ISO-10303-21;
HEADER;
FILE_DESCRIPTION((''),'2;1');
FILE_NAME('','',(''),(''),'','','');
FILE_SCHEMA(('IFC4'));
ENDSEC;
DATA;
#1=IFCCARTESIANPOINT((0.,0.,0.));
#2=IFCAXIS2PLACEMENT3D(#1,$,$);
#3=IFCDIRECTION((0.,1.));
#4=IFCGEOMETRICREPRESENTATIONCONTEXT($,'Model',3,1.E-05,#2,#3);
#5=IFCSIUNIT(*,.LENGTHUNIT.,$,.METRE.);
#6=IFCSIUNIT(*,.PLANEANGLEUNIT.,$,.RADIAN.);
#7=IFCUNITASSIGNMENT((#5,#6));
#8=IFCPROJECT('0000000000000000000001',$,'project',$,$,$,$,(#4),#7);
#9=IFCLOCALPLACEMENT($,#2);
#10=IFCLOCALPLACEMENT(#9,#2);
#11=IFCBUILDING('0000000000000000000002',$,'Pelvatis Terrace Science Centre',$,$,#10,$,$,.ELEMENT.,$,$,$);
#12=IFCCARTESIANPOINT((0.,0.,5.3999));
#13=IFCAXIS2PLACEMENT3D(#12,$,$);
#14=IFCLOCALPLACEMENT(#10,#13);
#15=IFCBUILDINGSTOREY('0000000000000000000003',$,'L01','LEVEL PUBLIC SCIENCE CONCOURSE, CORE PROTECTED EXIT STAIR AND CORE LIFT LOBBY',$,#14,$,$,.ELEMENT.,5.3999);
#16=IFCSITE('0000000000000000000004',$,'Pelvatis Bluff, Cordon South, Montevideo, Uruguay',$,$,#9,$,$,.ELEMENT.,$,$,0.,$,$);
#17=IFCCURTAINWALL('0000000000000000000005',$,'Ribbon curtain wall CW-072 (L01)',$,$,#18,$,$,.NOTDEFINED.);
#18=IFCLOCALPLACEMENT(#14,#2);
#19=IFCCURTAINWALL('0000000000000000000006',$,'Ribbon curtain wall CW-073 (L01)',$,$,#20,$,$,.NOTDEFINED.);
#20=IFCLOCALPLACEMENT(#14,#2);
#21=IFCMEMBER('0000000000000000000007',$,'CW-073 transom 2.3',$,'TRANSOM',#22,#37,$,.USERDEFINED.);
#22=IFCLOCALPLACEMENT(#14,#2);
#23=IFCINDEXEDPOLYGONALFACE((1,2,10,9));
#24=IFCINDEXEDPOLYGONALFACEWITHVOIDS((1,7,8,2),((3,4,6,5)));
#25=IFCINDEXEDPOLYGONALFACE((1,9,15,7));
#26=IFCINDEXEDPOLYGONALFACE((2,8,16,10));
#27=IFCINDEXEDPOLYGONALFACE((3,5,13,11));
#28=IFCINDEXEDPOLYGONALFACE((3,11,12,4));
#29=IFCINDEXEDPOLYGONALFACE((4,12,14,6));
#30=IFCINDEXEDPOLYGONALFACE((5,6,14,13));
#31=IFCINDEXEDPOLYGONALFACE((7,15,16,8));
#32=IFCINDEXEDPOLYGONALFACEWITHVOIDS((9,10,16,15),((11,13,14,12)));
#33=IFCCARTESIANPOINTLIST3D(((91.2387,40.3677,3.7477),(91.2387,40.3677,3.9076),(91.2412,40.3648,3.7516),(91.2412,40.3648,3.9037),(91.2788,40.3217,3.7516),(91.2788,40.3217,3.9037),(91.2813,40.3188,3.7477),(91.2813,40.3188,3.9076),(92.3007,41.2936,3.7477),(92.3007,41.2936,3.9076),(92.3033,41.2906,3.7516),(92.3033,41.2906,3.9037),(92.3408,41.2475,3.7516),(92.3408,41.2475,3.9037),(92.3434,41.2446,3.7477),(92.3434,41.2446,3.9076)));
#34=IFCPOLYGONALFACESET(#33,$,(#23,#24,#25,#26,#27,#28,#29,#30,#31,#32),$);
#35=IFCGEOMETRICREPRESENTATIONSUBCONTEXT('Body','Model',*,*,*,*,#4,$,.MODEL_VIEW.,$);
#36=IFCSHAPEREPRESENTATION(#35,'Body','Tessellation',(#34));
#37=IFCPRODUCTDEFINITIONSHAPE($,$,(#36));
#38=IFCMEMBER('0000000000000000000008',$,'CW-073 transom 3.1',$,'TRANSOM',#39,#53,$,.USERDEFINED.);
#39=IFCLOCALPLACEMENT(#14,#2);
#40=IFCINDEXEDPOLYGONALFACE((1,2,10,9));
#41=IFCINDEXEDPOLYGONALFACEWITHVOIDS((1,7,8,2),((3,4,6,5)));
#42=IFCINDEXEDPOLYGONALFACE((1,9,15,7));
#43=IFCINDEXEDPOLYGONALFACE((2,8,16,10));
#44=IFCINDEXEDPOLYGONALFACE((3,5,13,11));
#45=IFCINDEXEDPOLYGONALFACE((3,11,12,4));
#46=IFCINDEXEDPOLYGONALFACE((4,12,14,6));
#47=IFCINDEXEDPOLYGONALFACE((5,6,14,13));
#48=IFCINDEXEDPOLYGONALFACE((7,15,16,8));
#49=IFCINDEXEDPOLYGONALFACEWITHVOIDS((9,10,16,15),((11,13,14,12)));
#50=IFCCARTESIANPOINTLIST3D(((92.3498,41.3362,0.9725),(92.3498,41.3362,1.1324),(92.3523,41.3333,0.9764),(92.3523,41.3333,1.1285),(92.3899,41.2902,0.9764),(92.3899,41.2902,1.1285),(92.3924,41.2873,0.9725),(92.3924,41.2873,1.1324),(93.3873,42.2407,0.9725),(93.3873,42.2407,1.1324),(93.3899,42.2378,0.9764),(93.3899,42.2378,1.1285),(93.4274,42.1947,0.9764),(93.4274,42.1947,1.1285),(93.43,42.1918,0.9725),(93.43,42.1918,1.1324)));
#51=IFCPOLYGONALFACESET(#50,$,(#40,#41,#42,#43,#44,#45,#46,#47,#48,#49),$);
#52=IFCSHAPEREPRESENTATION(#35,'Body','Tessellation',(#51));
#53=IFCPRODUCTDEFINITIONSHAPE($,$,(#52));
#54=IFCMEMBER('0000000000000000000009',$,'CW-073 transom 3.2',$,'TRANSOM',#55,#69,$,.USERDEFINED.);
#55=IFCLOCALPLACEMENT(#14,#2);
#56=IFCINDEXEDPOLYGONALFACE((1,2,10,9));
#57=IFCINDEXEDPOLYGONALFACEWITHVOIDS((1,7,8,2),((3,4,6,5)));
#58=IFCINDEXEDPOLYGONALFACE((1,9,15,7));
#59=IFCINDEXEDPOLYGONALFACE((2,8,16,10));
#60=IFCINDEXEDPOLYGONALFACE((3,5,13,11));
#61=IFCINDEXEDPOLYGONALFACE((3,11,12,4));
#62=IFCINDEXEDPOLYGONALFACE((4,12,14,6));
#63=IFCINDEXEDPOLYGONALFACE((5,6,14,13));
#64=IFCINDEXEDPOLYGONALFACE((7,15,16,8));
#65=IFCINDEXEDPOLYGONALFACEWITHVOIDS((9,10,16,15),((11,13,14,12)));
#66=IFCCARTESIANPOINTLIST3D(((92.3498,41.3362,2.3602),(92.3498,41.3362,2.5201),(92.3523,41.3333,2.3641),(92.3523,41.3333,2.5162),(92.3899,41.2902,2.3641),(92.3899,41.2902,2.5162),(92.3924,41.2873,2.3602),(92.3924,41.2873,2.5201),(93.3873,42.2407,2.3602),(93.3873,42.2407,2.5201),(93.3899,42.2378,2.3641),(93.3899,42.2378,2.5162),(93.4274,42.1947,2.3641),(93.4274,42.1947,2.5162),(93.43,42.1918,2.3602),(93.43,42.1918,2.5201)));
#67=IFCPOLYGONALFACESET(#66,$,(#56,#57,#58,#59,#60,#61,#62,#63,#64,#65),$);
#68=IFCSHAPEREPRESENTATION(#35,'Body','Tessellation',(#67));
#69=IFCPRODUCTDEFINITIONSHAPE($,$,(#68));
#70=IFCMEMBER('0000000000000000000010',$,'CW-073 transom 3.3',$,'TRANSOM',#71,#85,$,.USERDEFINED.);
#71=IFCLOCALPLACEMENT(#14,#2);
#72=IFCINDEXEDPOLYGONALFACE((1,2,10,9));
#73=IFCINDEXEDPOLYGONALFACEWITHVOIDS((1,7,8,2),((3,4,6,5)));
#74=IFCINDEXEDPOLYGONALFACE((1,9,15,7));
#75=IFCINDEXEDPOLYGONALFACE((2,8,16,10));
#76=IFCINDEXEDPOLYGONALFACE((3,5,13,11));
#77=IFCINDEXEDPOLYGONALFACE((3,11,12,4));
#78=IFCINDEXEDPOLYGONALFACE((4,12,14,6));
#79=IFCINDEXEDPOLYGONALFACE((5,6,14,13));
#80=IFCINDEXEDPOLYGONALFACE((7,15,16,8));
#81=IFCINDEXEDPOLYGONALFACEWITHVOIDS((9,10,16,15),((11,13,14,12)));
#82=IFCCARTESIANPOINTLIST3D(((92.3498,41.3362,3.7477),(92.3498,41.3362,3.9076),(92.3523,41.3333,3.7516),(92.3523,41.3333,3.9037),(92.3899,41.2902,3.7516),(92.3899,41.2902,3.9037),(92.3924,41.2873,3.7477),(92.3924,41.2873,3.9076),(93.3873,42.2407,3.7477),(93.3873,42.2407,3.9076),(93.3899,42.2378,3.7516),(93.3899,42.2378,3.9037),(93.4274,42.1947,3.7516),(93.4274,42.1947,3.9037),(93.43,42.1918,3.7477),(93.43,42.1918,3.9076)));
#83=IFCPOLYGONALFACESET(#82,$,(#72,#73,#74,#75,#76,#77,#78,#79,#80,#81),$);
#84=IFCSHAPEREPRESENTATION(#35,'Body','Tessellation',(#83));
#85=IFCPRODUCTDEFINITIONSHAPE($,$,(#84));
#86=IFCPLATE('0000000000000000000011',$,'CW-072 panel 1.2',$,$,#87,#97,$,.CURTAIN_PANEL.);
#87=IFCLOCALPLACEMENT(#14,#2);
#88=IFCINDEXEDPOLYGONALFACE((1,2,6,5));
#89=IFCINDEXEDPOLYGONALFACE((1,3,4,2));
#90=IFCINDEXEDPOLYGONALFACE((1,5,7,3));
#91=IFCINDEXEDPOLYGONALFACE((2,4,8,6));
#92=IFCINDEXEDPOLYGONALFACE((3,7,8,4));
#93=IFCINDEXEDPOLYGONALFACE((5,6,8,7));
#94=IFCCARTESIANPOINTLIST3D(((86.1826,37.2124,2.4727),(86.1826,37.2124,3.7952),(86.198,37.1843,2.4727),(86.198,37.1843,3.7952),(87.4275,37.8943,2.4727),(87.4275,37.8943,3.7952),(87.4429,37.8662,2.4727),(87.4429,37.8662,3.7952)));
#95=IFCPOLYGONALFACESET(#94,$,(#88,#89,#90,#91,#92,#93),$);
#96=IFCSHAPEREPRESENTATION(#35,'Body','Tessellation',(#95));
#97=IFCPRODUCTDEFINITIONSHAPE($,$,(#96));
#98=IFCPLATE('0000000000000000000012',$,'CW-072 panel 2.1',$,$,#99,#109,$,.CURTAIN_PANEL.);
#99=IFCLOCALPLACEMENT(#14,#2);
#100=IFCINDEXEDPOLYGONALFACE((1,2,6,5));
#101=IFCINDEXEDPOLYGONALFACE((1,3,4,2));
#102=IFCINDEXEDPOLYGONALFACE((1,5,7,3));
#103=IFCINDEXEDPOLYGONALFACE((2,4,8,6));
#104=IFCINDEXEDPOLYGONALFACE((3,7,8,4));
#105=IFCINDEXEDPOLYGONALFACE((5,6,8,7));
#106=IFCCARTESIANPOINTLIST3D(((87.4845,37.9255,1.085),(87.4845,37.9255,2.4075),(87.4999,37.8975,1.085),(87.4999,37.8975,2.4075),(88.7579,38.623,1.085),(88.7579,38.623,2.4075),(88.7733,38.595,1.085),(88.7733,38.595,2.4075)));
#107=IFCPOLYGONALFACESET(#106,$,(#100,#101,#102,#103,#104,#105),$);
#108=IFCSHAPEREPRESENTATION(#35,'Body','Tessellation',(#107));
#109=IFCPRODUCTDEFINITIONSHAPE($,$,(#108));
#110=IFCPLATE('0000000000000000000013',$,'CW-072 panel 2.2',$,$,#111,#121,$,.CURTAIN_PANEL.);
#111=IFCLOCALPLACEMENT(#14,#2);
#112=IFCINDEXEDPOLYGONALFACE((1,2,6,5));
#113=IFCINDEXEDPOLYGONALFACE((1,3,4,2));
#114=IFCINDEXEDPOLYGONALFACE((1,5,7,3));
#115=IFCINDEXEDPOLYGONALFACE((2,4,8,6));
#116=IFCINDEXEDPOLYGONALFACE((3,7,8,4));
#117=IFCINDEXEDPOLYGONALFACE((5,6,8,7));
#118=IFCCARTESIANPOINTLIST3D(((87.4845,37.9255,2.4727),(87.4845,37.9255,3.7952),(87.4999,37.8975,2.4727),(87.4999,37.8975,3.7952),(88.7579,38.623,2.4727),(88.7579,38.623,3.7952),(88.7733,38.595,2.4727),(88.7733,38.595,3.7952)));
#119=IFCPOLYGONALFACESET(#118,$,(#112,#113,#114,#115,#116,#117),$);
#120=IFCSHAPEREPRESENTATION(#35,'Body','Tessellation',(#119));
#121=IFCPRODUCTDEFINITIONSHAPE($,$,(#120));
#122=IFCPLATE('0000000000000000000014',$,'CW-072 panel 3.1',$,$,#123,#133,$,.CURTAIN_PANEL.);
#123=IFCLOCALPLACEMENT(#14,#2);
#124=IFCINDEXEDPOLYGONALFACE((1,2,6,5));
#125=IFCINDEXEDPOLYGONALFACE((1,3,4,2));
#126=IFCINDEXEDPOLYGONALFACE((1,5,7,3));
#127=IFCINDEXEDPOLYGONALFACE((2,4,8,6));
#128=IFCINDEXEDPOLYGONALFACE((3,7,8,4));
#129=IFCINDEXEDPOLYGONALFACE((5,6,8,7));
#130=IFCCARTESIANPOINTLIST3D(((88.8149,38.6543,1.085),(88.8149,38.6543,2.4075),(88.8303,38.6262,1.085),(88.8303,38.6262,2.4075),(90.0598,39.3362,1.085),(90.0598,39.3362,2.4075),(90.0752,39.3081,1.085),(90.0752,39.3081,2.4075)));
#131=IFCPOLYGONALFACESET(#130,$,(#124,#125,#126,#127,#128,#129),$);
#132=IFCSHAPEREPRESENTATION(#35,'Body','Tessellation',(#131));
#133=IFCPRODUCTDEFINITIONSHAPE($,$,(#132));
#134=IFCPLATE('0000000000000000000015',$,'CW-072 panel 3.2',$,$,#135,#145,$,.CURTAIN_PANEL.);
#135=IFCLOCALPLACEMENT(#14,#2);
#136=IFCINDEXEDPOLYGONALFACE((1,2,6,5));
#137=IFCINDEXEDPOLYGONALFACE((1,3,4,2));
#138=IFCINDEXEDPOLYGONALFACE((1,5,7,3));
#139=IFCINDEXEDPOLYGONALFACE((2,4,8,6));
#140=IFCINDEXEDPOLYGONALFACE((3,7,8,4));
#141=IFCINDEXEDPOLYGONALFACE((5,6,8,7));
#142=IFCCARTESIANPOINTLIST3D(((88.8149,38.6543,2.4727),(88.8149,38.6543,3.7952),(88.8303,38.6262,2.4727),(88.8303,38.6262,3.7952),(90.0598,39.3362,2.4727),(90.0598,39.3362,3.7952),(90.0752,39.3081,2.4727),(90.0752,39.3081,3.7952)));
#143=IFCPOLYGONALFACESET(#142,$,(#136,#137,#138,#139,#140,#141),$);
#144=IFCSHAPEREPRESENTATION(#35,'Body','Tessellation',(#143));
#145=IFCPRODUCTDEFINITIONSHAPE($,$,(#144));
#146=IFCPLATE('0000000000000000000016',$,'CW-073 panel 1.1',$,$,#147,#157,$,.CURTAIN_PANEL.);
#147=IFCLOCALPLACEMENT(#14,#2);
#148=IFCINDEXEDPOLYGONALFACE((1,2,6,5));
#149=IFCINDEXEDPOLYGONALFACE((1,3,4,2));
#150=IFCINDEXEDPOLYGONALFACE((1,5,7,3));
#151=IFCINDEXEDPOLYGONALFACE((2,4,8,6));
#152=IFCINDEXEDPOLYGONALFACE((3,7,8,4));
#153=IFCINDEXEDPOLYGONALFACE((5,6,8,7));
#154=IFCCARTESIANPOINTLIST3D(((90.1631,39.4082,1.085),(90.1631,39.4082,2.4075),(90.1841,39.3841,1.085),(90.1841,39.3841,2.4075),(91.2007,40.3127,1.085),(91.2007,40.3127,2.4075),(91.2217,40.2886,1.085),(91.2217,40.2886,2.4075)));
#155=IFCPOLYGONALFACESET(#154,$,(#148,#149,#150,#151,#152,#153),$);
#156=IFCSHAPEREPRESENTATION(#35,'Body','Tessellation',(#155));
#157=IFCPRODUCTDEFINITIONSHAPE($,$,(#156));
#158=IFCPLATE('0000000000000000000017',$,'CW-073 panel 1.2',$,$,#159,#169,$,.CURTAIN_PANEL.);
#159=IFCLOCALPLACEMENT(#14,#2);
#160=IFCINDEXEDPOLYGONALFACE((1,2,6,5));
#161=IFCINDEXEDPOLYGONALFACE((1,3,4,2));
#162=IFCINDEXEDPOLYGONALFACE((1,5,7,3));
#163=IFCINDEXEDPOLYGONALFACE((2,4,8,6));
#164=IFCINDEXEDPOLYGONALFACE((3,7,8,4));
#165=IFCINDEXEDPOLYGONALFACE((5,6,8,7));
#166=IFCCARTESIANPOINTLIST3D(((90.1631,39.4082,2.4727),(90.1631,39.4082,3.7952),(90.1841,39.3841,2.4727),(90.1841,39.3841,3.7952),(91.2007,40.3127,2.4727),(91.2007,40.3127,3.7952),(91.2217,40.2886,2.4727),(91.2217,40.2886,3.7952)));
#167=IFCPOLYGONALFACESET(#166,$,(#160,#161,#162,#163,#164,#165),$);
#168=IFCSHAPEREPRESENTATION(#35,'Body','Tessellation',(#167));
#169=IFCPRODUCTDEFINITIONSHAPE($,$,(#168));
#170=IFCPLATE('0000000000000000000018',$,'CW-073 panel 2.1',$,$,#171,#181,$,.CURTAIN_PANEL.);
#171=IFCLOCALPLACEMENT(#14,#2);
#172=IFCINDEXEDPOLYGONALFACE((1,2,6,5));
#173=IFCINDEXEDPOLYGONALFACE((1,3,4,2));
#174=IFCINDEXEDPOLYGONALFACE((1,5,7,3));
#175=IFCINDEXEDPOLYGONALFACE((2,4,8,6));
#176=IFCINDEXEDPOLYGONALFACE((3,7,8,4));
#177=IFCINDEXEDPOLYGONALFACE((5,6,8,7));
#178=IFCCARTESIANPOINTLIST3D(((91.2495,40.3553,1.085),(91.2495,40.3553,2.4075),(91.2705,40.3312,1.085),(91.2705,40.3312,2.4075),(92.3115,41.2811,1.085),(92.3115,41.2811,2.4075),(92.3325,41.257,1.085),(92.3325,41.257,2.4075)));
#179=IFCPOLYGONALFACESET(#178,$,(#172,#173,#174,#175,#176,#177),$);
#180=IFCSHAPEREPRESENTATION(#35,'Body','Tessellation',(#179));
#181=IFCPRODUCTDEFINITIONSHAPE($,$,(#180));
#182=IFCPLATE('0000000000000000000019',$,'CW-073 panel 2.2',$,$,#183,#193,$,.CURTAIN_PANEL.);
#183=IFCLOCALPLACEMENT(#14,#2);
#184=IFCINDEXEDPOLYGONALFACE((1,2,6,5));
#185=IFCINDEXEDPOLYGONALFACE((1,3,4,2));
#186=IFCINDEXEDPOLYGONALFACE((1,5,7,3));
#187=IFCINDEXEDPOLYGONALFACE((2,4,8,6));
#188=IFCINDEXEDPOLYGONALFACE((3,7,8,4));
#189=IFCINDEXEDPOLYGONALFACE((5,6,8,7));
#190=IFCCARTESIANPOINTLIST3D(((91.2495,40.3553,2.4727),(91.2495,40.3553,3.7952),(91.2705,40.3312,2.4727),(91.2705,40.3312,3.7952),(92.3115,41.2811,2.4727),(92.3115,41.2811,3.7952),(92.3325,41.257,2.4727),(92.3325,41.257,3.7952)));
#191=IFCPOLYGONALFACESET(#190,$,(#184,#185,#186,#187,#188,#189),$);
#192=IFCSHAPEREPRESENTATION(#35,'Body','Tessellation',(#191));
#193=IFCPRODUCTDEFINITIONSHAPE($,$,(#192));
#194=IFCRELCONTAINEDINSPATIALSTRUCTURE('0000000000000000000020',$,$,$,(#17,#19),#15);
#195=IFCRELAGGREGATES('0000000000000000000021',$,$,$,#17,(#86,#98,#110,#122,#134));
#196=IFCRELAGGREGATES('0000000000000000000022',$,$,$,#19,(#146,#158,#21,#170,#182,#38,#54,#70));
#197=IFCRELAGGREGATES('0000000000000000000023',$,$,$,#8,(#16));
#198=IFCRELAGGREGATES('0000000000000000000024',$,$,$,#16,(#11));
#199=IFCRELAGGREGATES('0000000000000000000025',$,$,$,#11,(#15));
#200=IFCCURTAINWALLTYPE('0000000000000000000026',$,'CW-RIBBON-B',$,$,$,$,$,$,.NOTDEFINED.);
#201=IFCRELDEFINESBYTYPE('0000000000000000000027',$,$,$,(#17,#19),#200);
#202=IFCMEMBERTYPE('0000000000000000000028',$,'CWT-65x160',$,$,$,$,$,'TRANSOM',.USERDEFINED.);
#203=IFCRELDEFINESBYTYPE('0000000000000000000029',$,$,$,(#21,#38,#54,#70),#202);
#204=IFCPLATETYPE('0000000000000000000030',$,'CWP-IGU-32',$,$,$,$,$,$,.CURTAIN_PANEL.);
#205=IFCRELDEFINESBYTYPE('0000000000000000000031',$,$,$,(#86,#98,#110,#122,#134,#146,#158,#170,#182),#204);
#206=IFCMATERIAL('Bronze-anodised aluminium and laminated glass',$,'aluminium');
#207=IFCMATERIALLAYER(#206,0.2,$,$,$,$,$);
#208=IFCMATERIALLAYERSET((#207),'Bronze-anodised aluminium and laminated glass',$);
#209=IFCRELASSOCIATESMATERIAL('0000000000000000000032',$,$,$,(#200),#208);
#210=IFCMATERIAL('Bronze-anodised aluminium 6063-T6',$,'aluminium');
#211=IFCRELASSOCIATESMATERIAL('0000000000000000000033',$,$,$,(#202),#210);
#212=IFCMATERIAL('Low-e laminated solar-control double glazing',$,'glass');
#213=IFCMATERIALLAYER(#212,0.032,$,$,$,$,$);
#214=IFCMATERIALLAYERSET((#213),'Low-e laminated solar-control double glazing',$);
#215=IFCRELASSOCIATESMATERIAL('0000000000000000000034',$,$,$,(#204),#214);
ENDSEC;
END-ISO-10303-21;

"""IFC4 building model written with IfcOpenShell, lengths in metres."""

from ifc_helpers import new_model, si_unit, direction, frame, origin, origin_2d, place, context, subcontext, project, spatial, rectangle, hollow_rectangle, extrude, material, layer, layer_set, material_profile, profile_set, type_object, element, aggregate, save


model = new_model("IFC4")

# Units and contexts
model_context = context("Model", 3, precision=1e-05, world=origin(), true_north=direction((0.0, 1.0)))
body_context = subcontext(model_context, "Body", "Model", "MODEL_VIEW")
ifc_project = project(units=[si_unit("LENGTHUNIT", "METRE"), si_unit("PLANEANGLEUNIT", "RADIAN")], contexts=[model_context])

# Site, building, storey
site_placement = place(None, origin())
site = spatial("IfcSite", under=ifc_project, at=site_placement, Name="Pelvatis Bluff, Cordon South, Montevideo, Uruguay", CompositionType="ELEMENT", RefElevation=0.0)
building_placement = place(site_placement, origin())
building = spatial("IfcBuilding", under=site, at=building_placement, Name="Pelvatis Terrace Science Centre", CompositionType="ELEMENT")
storey_placement = place(building_placement, frame((0.0, 0.0, 5.3999)))
storey = spatial("IfcBuildingStorey", under=building, at=storey_placement, Name="L01", Description="LEVEL PUBLIC SCIENCE CONCOURSE, CORE PROTECTED EXIT STAIR AND CORE LIFT LOBBY", CompositionType="ELEMENT", Elevation=5.3999)

# Curtain walls
ifc_material_1 = material(Name="Bronze-anodised aluminium and laminated glass", Category="aluminium")
ifc_layer_1 = layer(ifc_material_1, 0.2)
ifc_layer_set_1 = layer_set([ifc_layer_1], Name="Bronze-anodised aluminium and laminated glass")
curtain_wall_type = type_object("IfcCurtainWallType", Name="CW-RIBBON-B", PredefinedType="NOTDEFINED", material=ifc_layer_set_1)
curtain_wall_1_placement = place(storey_placement, origin())
curtain_wall_1 = element("IfcCurtainWall", 1, at=curtain_wall_1_placement, inside=storey, type_object=curtain_wall_type, Name="Ribbon curtain wall CW-072 (L01)", PredefinedType="NOTDEFINED")
curtain_wall_2_placement = place(storey_placement, origin())
curtain_wall_2 = element("IfcCurtainWall", 2, at=curtain_wall_2_placement, inside=storey, type_object=curtain_wall_type, Name="Ribbon curtain wall CW-073 (L01)", PredefinedType="NOTDEFINED")

# Members
ifc_material_2 = material(Name="Bronze-anodised aluminium 6063-T6", Category="aluminium")
ifc_material_profile_1 = material_profile(ifc_material_2, hollow_rectangle(XDim=0.0649, YDim=0.1599, WallThickness=0.0039, at=origin_2d()), Name="ALU-TRN 65x160")
ifc_profile_set_1 = profile_set([ifc_material_profile_1], Name="Bronze-anodised aluminium 6063-T6")
member_type_1 = type_object("IfcMemberType", Name="CWT-65x160", ElementType="TRANSOM", PredefinedType="USERDEFINED", material=ifc_profile_set_1)
member_1_placement = place(storey_placement, frame((91.26, 40.3433, 3.8276), z_axis=(0.753799, 0.657105, 0.0), x_axis=(-0.657105, 0.753799, 0.0)))
member_1 = element("IfcMember", 3, at=member_1_placement, type_object=member_type_1, Name="CW-073 transom 2.3", ObjectType="TRANSOM", PredefinedType="USERDEFINED", context=body_context, shape_type="SweptSolid", body=[
    extrude(hollow_rectangle(XDim=0.0649, YDim=0.1599, WallThickness=0.0039, at=origin_2d()), origin(), (0.0, 0.0, 1.0), 1.4089),
])
member_2_placement = place(storey_placement, frame((92.3711, 41.3118, 1.0525), z_axis=(0.753784, 0.657122, 0.0), x_axis=(-0.657122, 0.753784, 0.0)))
member_2 = element("IfcMember", 4, at=member_2_placement, type_object=member_type_1, Name="CW-073 transom 3.1", ObjectType="TRANSOM", PredefinedType="USERDEFINED", context=body_context, shape_type="SweptSolid", body=[
    extrude(hollow_rectangle(XDim=0.0649, YDim=0.1599, WallThickness=0.0039, at=origin_2d()), origin(), (0.0, 0.0, 1.0), 1.3765),
])
member_3_placement = place(storey_placement, frame((92.3711, 41.3118, 2.4402), z_axis=(0.753784, 0.657122, 0.0), x_axis=(-0.657122, 0.753784, 0.0)))
member_3 = element("IfcMember", 5, at=member_3_placement, type_object=member_type_1, Name="CW-073 transom 3.2", ObjectType="TRANSOM", PredefinedType="USERDEFINED", context=body_context, shape_type="SweptSolid", body=[
    extrude(hollow_rectangle(XDim=0.0649, YDim=0.1599, WallThickness=0.0039, at=origin_2d()), origin(), (0.0, 0.0, 1.0), 1.3765),
])
member_4_placement = place(storey_placement, frame((92.3711, 41.3118, 3.8276), z_axis=(0.753784, 0.657122, 0.0), x_axis=(-0.657122, 0.753784, 0.0)))
member_4 = element("IfcMember", 6, at=member_4_placement, type_object=member_type_1, Name="CW-073 transom 3.3", ObjectType="TRANSOM", PredefinedType="USERDEFINED", context=body_context, shape_type="SweptSolid", body=[
    extrude(hollow_rectangle(XDim=0.0649, YDim=0.1599, WallThickness=0.0039, at=origin_2d()), origin(), (0.0, 0.0, 1.0), 1.3765),
])

# Plates
ifc_material_3 = material(Name="Low-e laminated solar-control double glazing", Category="glass")
ifc_layer_2 = layer(ifc_material_3, 0.032)
ifc_layer_set_2 = layer_set([ifc_layer_2], Name="Low-e laminated solar-control double glazing")
plate_type = type_object("IfcPlateType", Name="CWP-IGU-32", PredefinedType="CURTAIN_PANEL", material=ifc_layer_set_2)
plate_1_placement = place(storey_placement, frame((86.8127, 37.5393, 2.4727), z_axis=(0.0, 0.0, 1.0), x_axis=(0.877046, 0.480406, 0.0)))
plate_1 = element("IfcPlate", 7, at=plate_1_placement, type_object=plate_type, Name="CW-072 panel 1.2", PredefinedType="CURTAIN_PANEL", context=body_context, shape_type="SweptSolid", body=[
    extrude(rectangle(XDim=1.4194, YDim=0.032, at=origin_2d()), origin(), (0.0, 0.0, 1.0), 1.3225),
])
plate_2_placement = place(storey_placement, frame((88.1289, 38.2603, 1.085), z_axis=(0.0, 0.0, 1.0), x_axis=(0.877046, 0.480406, 0.0)))
plate_2 = element("IfcPlate", 8, at=plate_2_placement, type_object=plate_type, Name="CW-072 panel 2.1", PredefinedType="CURTAIN_PANEL", context=body_context, shape_type="SweptSolid", body=[
    extrude(rectangle(XDim=1.4519, YDim=0.032, at=origin_2d()), origin(), (0.0, 0.0, 1.0), 1.3225),
])
plate_3_placement = place(storey_placement, frame((88.1289, 38.2603, 2.4727), z_axis=(0.0, 0.0, 1.0), x_axis=(0.877046, 0.480406, 0.0)))
plate_3 = element("IfcPlate", 9, at=plate_3_placement, type_object=plate_type, Name="CW-072 panel 2.2", PredefinedType="CURTAIN_PANEL", context=body_context, shape_type="SweptSolid", body=[
    extrude(rectangle(XDim=1.4519, YDim=0.032, at=origin_2d()), origin(), (0.0, 0.0, 1.0), 1.3225),
])
plate_4_placement = place(storey_placement, frame((89.4451, 38.9812, 1.085), z_axis=(0.0, 0.0, 1.0), x_axis=(0.877046, 0.480406, 0.0)))
plate_4 = element("IfcPlate", 10, at=plate_4_placement, type_object=plate_type, Name="CW-072 panel 3.1", PredefinedType="CURTAIN_PANEL", context=body_context, shape_type="SweptSolid", body=[
    extrude(rectangle(XDim=1.4194, YDim=0.032, at=origin_2d()), origin(), (0.0, 0.0, 1.0), 1.3225),
])
plate_5_placement = place(storey_placement, frame((89.4451, 38.9812, 2.4727), z_axis=(0.0, 0.0, 1.0), x_axis=(0.877046, 0.480406, 0.0)))
plate_5 = element("IfcPlate", 11, at=plate_5_placement, type_object=plate_type, Name="CW-072 panel 3.2", PredefinedType="CURTAIN_PANEL", context=body_context, shape_type="SweptSolid", body=[
    extrude(rectangle(XDim=1.4194, YDim=0.032, at=origin_2d()), origin(), (0.0, 0.0, 1.0), 1.3225),
])
aggregate(curtain_wall_1, [plate_1, plate_2, plate_3, plate_4, plate_5])
plate_6_placement = place(storey_placement, frame((90.6924, 39.8484, 1.085), z_axis=(0.0, 0.0, 1.0), x_axis=(0.753793, 0.657112, 0.0)))
plate_6 = element("IfcPlate", 12, at=plate_6_placement, type_object=plate_type, Name="CW-073 panel 1.1", PredefinedType="CURTAIN_PANEL", context=body_context, shape_type="SweptSolid", body=[
    extrude(rectangle(XDim=1.3765, YDim=0.032, at=origin_2d()), origin(), (0.0, 0.0, 1.0), 1.3225),
])
plate_7_placement = place(storey_placement, frame((90.6924, 39.8484, 2.4727), z_axis=(0.0, 0.0, 1.0), x_axis=(0.753793, 0.657112, 0.0)))
plate_7 = element("IfcPlate", 13, at=plate_7_placement, type_object=plate_type, Name="CW-073 panel 1.2", PredefinedType="CURTAIN_PANEL", context=body_context, shape_type="SweptSolid", body=[
    extrude(rectangle(XDim=1.3765, YDim=0.032, at=origin_2d()), origin(), (0.0, 0.0, 1.0), 1.3225),
])
plate_8_placement = place(storey_placement, frame((91.791, 40.8062, 1.085), z_axis=(0.0, 0.0, 1.0), x_axis=(0.753793, 0.657112, 0.0)))
plate_8 = element("IfcPlate", 14, at=plate_8_placement, type_object=plate_type, Name="CW-073 panel 2.1", PredefinedType="CURTAIN_PANEL", context=body_context, shape_type="SweptSolid", body=[
    extrude(rectangle(XDim=1.4089, YDim=0.032, at=origin_2d()), origin(), (0.0, 0.0, 1.0), 1.3225),
])
plate_9_placement = place(storey_placement, frame((91.791, 40.8062, 2.4727), z_axis=(0.0, 0.0, 1.0), x_axis=(0.753793, 0.657112, 0.0)))
plate_9 = element("IfcPlate", 15, at=plate_9_placement, type_object=plate_type, Name="CW-073 panel 2.2", PredefinedType="CURTAIN_PANEL", context=body_context, shape_type="SweptSolid", body=[
    extrude(rectangle(XDim=1.4089, YDim=0.032, at=origin_2d()), origin(), (0.0, 0.0, 1.0), 1.3225),
])
aggregate(curtain_wall_2, [plate_6, plate_7, member_1, plate_8, plate_9, member_2, member_3, member_4])

save(model, "model.ifc")
